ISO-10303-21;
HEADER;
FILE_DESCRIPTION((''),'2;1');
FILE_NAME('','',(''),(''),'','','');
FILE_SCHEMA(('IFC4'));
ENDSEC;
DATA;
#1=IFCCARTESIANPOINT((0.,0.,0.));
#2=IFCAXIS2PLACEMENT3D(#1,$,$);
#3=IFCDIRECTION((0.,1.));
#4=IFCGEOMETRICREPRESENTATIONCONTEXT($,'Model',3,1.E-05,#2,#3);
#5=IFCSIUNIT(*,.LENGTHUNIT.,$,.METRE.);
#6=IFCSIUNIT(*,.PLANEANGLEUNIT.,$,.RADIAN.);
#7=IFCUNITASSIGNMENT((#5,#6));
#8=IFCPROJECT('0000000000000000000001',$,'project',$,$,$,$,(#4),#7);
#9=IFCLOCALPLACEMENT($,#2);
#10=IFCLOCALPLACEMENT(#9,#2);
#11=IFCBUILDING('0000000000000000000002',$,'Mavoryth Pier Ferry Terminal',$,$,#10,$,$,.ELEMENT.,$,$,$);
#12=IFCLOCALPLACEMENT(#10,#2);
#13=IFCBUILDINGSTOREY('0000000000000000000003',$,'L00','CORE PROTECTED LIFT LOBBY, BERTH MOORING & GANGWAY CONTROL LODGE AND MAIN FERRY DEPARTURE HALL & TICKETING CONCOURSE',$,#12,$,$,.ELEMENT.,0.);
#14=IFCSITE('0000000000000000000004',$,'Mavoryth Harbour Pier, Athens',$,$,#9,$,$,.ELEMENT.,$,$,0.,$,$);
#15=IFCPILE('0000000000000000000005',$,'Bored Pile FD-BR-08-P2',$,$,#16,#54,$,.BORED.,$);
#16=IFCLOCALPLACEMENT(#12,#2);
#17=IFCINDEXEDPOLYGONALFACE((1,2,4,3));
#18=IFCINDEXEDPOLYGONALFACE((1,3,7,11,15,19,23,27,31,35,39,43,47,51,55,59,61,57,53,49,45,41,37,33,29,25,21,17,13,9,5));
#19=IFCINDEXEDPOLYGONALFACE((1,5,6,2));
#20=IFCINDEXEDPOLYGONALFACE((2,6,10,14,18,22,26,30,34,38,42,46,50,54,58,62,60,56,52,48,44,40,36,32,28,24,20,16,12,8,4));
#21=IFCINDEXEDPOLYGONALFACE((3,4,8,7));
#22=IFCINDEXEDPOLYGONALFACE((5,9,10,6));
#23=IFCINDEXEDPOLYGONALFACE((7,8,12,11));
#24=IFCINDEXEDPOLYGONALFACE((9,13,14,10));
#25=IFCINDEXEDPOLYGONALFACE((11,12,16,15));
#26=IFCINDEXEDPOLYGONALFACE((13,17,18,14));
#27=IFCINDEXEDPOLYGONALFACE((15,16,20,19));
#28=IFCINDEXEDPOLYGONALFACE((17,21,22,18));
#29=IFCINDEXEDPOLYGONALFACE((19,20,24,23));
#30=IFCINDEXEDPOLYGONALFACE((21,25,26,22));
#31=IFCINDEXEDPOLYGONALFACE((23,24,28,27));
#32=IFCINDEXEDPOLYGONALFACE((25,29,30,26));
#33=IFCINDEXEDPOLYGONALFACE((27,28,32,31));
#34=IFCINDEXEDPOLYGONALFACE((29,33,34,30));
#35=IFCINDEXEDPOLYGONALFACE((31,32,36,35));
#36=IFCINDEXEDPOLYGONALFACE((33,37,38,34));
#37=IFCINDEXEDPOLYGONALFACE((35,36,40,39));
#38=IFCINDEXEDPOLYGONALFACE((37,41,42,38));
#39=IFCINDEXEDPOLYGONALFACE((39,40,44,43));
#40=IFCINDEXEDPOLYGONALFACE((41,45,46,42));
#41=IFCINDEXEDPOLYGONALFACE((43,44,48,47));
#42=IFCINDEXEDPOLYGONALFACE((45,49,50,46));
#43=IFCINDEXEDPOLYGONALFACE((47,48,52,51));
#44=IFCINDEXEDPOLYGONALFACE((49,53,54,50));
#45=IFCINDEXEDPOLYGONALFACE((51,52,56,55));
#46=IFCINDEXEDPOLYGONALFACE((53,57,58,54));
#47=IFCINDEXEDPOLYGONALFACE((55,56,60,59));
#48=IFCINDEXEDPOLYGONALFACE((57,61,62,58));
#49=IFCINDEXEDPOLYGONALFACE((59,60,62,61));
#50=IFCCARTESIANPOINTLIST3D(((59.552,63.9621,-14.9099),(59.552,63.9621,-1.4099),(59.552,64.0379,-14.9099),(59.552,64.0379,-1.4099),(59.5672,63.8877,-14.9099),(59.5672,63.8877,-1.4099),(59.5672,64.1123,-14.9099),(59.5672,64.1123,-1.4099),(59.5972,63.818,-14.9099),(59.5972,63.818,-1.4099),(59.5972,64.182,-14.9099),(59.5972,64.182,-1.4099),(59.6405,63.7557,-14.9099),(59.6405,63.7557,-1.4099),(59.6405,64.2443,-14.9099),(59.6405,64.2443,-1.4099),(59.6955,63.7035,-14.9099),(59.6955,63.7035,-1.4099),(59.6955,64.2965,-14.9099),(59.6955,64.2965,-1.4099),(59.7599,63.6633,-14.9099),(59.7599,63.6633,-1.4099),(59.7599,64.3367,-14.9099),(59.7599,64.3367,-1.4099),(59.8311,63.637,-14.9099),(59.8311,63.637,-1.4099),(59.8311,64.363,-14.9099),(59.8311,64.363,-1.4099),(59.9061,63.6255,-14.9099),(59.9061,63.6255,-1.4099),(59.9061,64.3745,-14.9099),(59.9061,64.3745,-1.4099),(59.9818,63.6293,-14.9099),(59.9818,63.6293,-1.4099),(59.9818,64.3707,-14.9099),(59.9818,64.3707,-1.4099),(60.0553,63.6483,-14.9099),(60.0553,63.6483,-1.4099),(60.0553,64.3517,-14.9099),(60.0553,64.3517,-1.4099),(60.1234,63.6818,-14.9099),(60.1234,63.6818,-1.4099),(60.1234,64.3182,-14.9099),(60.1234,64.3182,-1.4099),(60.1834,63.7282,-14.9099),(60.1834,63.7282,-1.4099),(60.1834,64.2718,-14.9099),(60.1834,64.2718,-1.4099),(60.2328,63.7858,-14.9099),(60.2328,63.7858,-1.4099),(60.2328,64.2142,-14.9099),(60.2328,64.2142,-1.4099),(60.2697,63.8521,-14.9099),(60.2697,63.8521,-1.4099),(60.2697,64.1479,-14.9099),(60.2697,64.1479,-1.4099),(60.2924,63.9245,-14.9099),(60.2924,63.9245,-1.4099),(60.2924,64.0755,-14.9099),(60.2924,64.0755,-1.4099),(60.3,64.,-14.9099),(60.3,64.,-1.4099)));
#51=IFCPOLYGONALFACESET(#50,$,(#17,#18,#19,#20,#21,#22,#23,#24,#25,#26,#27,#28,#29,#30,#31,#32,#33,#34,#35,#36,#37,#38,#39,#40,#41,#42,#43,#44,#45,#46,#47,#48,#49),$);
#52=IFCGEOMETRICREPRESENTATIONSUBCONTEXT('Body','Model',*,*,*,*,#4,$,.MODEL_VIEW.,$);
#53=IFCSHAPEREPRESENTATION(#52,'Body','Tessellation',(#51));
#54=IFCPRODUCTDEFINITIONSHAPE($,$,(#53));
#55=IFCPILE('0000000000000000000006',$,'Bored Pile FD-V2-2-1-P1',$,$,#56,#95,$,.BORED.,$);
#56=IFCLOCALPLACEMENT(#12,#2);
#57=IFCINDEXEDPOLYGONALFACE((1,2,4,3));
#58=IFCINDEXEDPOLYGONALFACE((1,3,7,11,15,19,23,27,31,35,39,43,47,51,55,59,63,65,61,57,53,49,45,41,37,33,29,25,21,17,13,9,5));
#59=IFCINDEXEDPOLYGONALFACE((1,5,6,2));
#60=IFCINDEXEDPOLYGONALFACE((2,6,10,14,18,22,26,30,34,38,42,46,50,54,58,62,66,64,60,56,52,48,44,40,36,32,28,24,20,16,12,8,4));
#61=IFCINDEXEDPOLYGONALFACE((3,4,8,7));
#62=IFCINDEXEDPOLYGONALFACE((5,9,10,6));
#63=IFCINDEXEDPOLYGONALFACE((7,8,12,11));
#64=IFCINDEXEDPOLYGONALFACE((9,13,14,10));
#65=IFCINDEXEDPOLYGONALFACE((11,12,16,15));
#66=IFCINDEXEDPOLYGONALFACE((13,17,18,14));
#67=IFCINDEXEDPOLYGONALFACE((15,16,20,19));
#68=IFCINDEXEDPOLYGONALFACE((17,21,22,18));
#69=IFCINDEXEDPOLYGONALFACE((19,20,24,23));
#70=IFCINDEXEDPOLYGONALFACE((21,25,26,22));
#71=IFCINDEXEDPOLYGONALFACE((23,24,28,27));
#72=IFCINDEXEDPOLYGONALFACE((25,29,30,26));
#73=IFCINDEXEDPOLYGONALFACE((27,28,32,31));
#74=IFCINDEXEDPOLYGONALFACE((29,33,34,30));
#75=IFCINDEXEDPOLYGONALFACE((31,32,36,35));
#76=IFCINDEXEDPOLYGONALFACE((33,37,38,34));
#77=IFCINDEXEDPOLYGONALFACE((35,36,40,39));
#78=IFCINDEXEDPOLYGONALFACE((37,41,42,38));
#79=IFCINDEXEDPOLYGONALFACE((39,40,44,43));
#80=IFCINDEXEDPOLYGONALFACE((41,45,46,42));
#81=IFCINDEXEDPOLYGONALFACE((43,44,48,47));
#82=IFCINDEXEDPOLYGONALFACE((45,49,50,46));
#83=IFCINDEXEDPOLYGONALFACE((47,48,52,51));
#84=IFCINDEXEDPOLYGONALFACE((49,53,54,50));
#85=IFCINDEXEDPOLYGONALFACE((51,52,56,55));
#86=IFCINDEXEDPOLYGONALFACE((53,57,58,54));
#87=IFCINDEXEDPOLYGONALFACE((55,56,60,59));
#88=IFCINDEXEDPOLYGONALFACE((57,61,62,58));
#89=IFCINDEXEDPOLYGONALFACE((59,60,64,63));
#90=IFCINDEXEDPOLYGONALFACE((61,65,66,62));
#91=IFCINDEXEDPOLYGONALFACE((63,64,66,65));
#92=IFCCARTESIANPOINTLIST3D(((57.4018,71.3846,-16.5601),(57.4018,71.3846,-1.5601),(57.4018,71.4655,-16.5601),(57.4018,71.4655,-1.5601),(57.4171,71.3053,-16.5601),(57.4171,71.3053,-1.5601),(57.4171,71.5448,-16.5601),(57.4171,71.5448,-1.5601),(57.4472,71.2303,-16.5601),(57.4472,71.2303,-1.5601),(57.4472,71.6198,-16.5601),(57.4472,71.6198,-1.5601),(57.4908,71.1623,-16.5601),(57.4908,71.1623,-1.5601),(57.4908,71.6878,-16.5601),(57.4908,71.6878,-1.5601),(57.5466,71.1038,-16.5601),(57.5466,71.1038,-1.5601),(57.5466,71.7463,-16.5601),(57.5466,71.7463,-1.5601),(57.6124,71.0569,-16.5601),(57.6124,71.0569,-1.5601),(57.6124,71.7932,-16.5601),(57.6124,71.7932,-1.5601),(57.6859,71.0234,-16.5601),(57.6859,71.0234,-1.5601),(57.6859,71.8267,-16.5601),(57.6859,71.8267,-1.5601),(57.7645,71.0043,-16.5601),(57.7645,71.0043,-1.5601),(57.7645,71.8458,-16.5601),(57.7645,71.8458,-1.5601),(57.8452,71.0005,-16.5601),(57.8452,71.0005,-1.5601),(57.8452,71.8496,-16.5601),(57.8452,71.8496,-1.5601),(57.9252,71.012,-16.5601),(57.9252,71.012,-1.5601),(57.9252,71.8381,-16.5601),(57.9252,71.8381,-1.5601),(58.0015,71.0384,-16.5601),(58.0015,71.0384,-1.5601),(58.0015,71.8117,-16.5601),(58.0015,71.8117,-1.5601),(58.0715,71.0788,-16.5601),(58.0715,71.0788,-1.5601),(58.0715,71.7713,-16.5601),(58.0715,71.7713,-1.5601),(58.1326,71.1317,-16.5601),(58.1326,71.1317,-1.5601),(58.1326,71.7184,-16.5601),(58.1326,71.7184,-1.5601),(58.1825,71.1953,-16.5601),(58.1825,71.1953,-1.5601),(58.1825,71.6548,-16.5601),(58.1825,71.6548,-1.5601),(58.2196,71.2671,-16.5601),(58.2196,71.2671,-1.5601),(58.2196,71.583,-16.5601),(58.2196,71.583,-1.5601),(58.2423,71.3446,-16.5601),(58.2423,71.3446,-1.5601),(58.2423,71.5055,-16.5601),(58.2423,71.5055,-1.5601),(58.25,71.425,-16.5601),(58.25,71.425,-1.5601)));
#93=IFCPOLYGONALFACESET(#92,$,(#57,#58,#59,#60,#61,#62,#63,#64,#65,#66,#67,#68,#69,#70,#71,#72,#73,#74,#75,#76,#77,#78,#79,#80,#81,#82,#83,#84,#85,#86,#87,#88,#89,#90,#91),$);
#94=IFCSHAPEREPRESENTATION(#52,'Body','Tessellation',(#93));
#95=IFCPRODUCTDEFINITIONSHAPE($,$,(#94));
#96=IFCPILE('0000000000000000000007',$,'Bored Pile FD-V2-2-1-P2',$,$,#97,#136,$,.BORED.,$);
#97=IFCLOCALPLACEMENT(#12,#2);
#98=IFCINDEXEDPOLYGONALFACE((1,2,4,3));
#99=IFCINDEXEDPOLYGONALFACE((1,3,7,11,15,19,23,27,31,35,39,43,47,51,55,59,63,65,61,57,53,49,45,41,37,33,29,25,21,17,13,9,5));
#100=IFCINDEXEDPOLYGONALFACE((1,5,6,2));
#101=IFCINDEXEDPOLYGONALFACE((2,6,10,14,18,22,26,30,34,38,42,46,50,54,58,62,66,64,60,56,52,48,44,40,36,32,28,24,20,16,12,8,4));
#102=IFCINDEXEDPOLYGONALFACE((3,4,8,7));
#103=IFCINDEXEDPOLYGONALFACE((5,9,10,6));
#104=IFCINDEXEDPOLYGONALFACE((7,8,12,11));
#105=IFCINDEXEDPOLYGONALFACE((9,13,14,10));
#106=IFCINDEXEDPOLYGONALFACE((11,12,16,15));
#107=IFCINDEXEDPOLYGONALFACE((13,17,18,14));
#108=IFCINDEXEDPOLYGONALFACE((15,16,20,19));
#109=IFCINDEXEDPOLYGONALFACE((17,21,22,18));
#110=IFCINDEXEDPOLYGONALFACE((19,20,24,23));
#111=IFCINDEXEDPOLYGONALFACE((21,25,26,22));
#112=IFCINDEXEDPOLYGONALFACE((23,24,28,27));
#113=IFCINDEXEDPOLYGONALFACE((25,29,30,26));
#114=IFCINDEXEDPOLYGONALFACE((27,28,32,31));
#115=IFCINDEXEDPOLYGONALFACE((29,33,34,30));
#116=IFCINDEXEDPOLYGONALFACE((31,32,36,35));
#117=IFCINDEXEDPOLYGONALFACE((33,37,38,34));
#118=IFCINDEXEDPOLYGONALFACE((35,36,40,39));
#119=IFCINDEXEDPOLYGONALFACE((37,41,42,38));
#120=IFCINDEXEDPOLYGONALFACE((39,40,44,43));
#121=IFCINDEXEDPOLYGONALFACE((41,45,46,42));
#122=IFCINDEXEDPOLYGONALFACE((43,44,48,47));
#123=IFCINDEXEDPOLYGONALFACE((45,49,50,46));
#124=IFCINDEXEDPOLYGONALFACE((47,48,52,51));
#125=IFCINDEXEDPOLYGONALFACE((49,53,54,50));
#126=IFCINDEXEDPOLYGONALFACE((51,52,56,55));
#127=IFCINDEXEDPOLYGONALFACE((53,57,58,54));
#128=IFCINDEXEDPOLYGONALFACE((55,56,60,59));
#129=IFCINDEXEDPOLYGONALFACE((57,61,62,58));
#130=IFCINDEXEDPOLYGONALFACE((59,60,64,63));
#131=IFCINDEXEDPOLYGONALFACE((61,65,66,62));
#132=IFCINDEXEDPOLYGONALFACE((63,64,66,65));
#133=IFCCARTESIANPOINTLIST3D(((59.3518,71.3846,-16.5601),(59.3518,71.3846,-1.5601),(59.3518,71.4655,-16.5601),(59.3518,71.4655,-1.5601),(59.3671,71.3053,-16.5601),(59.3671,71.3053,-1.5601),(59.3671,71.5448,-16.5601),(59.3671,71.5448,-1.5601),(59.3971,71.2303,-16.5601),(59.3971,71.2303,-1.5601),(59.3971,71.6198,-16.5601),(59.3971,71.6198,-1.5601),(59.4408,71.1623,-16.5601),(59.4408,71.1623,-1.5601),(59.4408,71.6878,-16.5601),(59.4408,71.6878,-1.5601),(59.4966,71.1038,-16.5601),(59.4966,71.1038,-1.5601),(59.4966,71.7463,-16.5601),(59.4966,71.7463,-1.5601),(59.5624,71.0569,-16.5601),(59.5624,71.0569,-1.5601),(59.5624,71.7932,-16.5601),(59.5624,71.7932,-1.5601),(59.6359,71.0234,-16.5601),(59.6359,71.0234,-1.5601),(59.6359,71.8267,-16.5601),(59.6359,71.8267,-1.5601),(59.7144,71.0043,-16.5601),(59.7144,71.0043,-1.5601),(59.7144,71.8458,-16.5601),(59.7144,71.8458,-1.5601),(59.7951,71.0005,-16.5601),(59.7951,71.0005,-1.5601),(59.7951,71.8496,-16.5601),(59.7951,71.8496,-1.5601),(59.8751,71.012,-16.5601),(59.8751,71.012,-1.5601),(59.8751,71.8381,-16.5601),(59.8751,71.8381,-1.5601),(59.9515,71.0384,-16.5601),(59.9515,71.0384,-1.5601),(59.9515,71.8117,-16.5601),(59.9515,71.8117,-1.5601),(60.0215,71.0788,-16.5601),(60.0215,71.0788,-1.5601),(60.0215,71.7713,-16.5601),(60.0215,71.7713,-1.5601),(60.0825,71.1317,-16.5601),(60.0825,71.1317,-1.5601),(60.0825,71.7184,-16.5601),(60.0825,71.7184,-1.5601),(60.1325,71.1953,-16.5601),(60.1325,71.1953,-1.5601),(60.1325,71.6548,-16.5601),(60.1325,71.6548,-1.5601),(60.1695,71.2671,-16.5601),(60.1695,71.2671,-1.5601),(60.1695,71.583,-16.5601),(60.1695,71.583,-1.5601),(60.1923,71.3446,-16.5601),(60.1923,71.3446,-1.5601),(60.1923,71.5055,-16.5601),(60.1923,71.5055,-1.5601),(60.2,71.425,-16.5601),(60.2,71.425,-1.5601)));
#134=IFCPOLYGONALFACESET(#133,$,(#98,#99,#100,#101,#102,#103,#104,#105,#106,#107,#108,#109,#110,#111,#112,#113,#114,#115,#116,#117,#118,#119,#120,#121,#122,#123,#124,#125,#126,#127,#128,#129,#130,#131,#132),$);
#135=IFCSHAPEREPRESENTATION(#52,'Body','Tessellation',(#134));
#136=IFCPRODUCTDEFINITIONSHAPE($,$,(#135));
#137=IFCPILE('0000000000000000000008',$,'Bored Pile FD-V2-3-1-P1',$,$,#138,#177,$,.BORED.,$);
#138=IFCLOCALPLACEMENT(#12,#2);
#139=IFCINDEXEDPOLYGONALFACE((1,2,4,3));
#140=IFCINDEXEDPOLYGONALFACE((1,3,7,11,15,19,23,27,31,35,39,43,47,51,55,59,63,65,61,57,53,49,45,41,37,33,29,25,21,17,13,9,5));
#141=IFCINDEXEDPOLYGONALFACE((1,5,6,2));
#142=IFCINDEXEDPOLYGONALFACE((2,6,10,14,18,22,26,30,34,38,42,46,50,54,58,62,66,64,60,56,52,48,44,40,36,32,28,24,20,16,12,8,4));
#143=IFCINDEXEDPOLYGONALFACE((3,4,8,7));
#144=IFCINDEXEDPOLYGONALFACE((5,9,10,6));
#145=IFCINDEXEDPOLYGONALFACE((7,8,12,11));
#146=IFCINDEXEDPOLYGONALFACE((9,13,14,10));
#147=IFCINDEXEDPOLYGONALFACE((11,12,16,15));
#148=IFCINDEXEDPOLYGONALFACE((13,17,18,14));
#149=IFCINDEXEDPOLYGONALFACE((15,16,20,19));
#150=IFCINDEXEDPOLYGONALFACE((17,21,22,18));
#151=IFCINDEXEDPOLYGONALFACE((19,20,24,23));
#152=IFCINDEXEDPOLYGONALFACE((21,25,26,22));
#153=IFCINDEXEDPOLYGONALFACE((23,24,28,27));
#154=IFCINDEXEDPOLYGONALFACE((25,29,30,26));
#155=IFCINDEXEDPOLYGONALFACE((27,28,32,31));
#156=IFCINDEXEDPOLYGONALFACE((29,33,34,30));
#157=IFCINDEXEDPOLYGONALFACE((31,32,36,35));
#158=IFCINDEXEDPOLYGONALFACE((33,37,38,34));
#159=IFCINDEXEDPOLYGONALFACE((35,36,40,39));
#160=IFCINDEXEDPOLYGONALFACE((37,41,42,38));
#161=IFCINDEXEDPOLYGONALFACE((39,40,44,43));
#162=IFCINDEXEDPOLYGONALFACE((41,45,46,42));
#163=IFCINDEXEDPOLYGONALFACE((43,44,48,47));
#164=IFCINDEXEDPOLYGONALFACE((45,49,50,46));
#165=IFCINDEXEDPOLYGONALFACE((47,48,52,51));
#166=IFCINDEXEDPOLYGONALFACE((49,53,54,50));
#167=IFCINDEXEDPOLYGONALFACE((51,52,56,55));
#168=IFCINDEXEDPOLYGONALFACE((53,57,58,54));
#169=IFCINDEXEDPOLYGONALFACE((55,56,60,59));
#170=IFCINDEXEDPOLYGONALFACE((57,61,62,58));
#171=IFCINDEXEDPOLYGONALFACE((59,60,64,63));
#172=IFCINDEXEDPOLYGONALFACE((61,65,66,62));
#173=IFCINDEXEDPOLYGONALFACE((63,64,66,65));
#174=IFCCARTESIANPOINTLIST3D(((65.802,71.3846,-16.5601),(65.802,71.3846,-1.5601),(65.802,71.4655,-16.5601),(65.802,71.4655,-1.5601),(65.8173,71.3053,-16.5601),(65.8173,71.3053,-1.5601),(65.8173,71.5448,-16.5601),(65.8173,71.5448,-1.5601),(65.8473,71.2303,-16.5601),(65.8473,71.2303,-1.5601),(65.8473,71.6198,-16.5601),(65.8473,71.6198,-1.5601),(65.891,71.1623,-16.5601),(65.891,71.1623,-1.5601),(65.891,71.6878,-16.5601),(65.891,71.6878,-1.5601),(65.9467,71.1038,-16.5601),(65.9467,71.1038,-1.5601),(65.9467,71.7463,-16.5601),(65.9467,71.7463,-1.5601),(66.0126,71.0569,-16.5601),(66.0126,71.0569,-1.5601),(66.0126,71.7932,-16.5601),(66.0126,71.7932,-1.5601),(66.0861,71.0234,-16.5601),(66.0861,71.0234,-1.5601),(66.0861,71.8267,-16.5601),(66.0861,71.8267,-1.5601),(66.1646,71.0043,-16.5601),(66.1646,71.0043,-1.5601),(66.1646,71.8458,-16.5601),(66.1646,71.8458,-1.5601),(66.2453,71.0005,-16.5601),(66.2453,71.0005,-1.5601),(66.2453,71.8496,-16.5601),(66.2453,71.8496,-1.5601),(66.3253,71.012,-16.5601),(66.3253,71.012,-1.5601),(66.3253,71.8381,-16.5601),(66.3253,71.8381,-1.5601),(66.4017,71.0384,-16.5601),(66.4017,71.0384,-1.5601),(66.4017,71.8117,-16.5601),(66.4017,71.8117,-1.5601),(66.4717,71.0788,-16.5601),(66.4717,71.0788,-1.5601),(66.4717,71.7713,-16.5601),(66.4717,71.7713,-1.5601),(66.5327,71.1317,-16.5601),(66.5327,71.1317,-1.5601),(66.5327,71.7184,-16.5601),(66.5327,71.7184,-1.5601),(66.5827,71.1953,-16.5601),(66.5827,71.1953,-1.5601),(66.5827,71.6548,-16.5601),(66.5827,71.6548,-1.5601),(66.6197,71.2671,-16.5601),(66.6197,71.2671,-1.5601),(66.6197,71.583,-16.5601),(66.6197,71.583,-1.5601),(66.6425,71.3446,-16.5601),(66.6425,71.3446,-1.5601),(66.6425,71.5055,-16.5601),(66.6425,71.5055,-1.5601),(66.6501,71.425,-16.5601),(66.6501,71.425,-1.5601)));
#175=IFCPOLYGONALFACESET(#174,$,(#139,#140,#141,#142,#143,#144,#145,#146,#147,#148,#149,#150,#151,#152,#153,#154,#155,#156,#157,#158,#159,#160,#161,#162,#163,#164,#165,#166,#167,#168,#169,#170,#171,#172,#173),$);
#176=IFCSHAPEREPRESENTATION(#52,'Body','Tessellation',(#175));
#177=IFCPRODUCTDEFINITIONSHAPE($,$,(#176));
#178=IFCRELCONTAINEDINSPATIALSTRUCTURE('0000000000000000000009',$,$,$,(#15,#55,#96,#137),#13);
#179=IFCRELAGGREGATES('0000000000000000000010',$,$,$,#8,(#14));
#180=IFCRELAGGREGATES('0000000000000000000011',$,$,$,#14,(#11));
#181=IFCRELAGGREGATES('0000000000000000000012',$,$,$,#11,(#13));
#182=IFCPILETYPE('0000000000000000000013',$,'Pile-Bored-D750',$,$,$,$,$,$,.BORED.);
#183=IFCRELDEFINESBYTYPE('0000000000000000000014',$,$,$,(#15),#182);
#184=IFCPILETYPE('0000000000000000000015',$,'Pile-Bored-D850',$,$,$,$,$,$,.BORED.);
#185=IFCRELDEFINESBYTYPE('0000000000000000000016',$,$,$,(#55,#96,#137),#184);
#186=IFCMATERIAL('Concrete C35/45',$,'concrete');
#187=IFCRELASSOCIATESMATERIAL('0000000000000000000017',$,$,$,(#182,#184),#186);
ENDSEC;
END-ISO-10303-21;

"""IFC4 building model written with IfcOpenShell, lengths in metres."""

from ifc_helpers import new_model, si_unit, direction, frame, origin, origin_2d, place, context, subcontext, project, spatial, circle, extrude, material, material_profile, profile_set, type_object, element, save


model = new_model("IFC4")

# Units and contexts
model_context = context("Model", 3, precision=1e-05, world=origin(), true_north=direction((0.0, 1.0)))
body_context = subcontext(model_context, "Body", "Model", "MODEL_VIEW")
ifc_project = project(units=[si_unit("LENGTHUNIT", "METRE"), si_unit("PLANEANGLEUNIT", "RADIAN")], contexts=[model_context])

# Site, building, storey
site_placement = place(None, origin())
site = spatial("IfcSite", under=ifc_project, at=site_placement, Name="Mavoryth Harbour Pier, Athens", CompositionType="ELEMENT", RefElevation=0.0)
building_placement = place(site_placement, origin())
building = spatial("IfcBuilding", under=site, at=building_placement, Name="Mavoryth Pier Ferry Terminal", CompositionType="ELEMENT")
storey_placement = place(building_placement, origin())
storey = spatial("IfcBuildingStorey", under=building, at=storey_placement, Name="L00", Description="CORE PROTECTED LIFT LOBBY, BERTH MOORING & GANGWAY CONTROL LODGE AND MAIN FERRY DEPARTURE HALL & TICKETING CONCOURSE", CompositionType="ELEMENT", Elevation=0.0)

# Shared definitions
ifc_material_1 = material(Name="Concrete C35/45", Category="concrete")

# Piles
ifc_material_profile_1 = material_profile(ifc_material_1, circle(Radius=0.375, at=origin_2d()), Name="PILE D750", Category="concrete")
ifc_profile_set_1 = profile_set([ifc_material_profile_1], Name="Concrete C35/45 - PILE D750")
pile_type_1 = type_object("IfcPileType", Name="Pile-Bored-D750", PredefinedType="BORED", material=ifc_profile_set_1)
for number, where, z_axis, x_axis, name in (
    (1, (59.925, 64.0, -1.4099), (0.0, 0.0, -1.0), (1.0, 0.0, 0.0), "Bored Pile FD-BR-08-P2"),
):
    element("IfcPile", number, at=place(storey_placement, frame(where, z_axis=z_axis, x_axis=x_axis)), inside=storey, type_object=pile_type_1, Name=name, PredefinedType="BORED", context=body_context, shape_type="SweptSolid", body=[
        extrude(circle(Radius=0.375, at=origin_2d()), origin(), (0.0, 0.0, 1.0), 13.5),
    ])
ifc_material_profile_2 = material_profile(ifc_material_1, circle(Radius=0.425, at=origin_2d()), Name="PILE D850", Category="concrete")
ifc_profile_set_2 = profile_set([ifc_material_profile_2], Name="Concrete C35/45 - PILE D850")
pile_type_2 = type_object("IfcPileType", Name="Pile-Bored-D850", PredefinedType="BORED", material=ifc_profile_set_2)
for number, where, z_axis, x_axis, name in (
    (2, (57.825, 71.425, -1.5601), (0.0, 0.0, -1.0), (1.0, 0.0, 0.0), "Bored Pile FD-V2-2-1-P1"),
    (3, (59.7749, 71.425, -1.5601), (0.0, 0.0, -1.0), (1.0, 0.0, 0.0), "Bored Pile FD-V2-2-1-P2"),
    (4, (66.2251, 71.425, -1.5601), (0.0, 0.0, -1.0), (1.0, 0.0, 0.0), "Bored Pile FD-V2-3-1-P1"),
):
    element("IfcPile", number, at=place(storey_placement, frame(where, z_axis=z_axis, x_axis=x_axis)), inside=storey, type_object=pile_type_2, Name=name, PredefinedType="BORED", context=body_context, shape_type="SweptSolid", body=[
        extrude(circle(Radius=0.425, at=origin_2d()), origin(), (0.0, 0.0, 1.0), 15.0),
    ])

save(model, "model.ifc")
